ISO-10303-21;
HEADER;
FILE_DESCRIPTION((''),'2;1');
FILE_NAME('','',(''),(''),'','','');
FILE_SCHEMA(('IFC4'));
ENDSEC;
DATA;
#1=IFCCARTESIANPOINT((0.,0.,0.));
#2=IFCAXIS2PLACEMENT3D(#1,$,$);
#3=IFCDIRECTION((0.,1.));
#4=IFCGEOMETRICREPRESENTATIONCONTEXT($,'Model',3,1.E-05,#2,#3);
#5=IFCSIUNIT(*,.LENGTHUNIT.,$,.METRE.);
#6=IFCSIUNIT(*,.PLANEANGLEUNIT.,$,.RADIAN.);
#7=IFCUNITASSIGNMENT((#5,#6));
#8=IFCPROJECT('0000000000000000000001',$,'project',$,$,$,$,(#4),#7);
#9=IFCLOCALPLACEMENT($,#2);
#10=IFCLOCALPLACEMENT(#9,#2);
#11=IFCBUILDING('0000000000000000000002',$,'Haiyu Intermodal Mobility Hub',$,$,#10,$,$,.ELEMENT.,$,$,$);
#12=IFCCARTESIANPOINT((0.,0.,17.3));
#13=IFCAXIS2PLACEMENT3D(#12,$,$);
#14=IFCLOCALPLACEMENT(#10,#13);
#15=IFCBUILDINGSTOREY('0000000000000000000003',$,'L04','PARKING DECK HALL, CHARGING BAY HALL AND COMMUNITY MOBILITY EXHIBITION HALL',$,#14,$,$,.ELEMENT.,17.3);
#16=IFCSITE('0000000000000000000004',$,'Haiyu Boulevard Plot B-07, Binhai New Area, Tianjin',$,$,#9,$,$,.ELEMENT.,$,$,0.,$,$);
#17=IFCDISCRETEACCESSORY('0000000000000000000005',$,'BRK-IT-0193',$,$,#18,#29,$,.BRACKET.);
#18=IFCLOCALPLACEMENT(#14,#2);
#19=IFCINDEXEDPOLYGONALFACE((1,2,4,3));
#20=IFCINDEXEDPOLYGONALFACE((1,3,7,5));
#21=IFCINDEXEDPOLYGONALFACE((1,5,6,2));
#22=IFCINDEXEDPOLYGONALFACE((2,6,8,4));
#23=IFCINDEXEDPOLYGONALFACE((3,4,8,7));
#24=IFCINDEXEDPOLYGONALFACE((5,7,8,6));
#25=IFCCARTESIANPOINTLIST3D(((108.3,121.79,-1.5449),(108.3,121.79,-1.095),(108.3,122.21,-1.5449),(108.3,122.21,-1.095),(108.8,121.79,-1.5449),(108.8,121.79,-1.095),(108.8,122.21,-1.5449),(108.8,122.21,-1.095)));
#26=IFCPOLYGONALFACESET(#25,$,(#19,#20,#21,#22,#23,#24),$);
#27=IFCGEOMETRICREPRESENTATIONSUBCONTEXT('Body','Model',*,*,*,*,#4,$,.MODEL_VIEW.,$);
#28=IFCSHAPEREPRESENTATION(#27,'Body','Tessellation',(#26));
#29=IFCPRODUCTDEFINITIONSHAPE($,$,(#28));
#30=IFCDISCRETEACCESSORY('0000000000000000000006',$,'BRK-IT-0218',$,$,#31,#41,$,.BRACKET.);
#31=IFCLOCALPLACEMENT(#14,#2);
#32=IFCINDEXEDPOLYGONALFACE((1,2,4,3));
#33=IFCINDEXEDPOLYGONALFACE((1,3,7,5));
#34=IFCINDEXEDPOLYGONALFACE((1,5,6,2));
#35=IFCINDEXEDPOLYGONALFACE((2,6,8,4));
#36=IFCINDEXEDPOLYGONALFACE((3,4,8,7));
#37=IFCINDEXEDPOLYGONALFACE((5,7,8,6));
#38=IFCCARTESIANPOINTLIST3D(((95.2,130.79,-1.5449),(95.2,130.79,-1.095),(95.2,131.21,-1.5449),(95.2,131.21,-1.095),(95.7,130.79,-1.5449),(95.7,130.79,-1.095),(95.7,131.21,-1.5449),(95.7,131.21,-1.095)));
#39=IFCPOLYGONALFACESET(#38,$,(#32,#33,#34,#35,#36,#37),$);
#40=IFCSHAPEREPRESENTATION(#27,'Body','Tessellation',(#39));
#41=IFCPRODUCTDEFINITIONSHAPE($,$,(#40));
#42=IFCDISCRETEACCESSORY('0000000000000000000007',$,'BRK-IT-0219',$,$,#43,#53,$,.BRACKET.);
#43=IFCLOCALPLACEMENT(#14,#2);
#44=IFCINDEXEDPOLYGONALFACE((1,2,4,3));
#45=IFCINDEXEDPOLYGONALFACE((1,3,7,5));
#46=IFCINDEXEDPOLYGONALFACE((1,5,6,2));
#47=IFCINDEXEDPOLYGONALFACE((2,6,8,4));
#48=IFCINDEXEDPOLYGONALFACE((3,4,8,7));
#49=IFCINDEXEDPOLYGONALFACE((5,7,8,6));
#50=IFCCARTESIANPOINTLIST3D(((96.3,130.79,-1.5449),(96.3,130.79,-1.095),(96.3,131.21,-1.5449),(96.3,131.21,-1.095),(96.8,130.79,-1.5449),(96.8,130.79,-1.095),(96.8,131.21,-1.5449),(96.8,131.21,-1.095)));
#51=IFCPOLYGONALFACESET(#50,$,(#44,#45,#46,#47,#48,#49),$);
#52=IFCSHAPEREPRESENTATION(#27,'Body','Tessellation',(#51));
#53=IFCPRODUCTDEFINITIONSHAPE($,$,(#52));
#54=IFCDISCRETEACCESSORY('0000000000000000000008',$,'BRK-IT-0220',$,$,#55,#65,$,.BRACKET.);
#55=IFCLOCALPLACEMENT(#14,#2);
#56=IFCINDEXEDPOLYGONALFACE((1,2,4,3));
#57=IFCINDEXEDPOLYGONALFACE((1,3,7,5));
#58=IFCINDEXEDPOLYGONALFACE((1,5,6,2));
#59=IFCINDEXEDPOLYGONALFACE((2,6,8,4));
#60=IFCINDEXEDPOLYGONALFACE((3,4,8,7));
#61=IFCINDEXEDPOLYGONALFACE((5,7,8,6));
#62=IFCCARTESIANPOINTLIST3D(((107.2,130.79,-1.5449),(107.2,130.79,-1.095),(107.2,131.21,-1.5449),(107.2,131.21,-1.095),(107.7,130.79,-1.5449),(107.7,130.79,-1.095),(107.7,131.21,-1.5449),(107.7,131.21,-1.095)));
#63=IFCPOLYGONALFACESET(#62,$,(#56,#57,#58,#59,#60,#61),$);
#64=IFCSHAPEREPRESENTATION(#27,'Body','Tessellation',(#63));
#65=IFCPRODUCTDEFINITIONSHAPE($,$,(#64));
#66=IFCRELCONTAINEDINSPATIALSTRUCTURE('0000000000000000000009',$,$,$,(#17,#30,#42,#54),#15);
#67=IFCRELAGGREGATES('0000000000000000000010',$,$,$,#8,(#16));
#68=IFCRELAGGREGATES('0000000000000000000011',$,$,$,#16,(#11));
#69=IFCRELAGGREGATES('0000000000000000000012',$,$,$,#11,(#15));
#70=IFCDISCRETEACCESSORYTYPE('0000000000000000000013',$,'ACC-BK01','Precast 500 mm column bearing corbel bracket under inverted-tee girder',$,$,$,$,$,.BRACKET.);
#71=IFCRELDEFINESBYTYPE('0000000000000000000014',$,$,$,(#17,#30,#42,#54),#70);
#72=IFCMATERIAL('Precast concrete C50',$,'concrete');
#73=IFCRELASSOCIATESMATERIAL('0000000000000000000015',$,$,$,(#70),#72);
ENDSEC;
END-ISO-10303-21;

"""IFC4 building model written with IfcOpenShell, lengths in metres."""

from ifc_helpers import new_model, si_unit, direction, frame, origin, origin_2d, place, context, subcontext, project, spatial, rectangle, extrude, material, type_object, element, save


model = new_model("IFC4")

# Units and contexts
model_context = context("Model", 3, precision=1e-05, world=origin(), true_north=direction((0.0, 1.0)))
body_context = subcontext(model_context, "Body", "Model", "MODEL_VIEW")
ifc_project = project(units=[si_unit("LENGTHUNIT", "METRE"), si_unit("PLANEANGLEUNIT", "RADIAN")], contexts=[model_context])

# Site, building, storey
site_placement = place(None, origin())
site = spatial("IfcSite", under=ifc_project, at=site_placement, Name="Haiyu Boulevard Plot B-07, Binhai New Area, Tianjin", CompositionType="ELEMENT", RefElevation=0.0)
building_placement = place(site_placement, origin())
building = spatial("IfcBuilding", under=site, at=building_placement, Name="Haiyu Intermodal Mobility Hub", CompositionType="ELEMENT")
storey_placement = place(building_placement, frame((0.0, 0.0, 17.3)))
storey = spatial("IfcBuildingStorey", under=building, at=storey_placement, Name="L04", Description="PARKING DECK HALL, CHARGING BAY HALL AND COMMUNITY MOBILITY EXHIBITION HALL", CompositionType="ELEMENT", Elevation=17.3)

# Shared definitions
ifc_material_1 = material(Name="Precast concrete C50", Category="concrete")

# Discrete accessories
discrete_accessory_type = type_object("IfcDiscreteAccessoryType", Name="ACC-BK01", Description="Precast 500 mm column bearing corbel bracket under inverted-tee girder", PredefinedType="BRACKET", material=ifc_material_1)
for number, where, z_axis, x_axis, name in (
    (1, (108.55, 122.0, -1.5449), (0.0, 0.0, 1.0), (1.0, 0.0, 0.0), "BRK-IT-0193"),
    (2, (95.45, 131.0, -1.5449), (0.0, 0.0, 1.0), (1.0, 0.0, 0.0), "BRK-IT-0218"),
    (3, (96.55, 131.0, -1.5449), (0.0, 0.0, 1.0), (1.0, 0.0, 0.0), "BRK-IT-0219"),
    (4, (107.45, 131.0, -1.5449), (0.0, 0.0, 1.0), (1.0, 0.0, 0.0), "BRK-IT-0220"),
):
    element("IfcDiscreteAccessory", number, at=place(storey_placement, frame(where, z_axis=z_axis, x_axis=x_axis)), inside=storey, type_object=discrete_accessory_type, Name=name, PredefinedType="BRACKET", context=body_context, shape_type="SweptSolid", body=[
        extrude(rectangle(XDim=0.5, YDim=0.4199, at=origin_2d()), origin(), (0.0, 0.0, 1.0), 0.45),
    ])

save(model, "model.ifc")
